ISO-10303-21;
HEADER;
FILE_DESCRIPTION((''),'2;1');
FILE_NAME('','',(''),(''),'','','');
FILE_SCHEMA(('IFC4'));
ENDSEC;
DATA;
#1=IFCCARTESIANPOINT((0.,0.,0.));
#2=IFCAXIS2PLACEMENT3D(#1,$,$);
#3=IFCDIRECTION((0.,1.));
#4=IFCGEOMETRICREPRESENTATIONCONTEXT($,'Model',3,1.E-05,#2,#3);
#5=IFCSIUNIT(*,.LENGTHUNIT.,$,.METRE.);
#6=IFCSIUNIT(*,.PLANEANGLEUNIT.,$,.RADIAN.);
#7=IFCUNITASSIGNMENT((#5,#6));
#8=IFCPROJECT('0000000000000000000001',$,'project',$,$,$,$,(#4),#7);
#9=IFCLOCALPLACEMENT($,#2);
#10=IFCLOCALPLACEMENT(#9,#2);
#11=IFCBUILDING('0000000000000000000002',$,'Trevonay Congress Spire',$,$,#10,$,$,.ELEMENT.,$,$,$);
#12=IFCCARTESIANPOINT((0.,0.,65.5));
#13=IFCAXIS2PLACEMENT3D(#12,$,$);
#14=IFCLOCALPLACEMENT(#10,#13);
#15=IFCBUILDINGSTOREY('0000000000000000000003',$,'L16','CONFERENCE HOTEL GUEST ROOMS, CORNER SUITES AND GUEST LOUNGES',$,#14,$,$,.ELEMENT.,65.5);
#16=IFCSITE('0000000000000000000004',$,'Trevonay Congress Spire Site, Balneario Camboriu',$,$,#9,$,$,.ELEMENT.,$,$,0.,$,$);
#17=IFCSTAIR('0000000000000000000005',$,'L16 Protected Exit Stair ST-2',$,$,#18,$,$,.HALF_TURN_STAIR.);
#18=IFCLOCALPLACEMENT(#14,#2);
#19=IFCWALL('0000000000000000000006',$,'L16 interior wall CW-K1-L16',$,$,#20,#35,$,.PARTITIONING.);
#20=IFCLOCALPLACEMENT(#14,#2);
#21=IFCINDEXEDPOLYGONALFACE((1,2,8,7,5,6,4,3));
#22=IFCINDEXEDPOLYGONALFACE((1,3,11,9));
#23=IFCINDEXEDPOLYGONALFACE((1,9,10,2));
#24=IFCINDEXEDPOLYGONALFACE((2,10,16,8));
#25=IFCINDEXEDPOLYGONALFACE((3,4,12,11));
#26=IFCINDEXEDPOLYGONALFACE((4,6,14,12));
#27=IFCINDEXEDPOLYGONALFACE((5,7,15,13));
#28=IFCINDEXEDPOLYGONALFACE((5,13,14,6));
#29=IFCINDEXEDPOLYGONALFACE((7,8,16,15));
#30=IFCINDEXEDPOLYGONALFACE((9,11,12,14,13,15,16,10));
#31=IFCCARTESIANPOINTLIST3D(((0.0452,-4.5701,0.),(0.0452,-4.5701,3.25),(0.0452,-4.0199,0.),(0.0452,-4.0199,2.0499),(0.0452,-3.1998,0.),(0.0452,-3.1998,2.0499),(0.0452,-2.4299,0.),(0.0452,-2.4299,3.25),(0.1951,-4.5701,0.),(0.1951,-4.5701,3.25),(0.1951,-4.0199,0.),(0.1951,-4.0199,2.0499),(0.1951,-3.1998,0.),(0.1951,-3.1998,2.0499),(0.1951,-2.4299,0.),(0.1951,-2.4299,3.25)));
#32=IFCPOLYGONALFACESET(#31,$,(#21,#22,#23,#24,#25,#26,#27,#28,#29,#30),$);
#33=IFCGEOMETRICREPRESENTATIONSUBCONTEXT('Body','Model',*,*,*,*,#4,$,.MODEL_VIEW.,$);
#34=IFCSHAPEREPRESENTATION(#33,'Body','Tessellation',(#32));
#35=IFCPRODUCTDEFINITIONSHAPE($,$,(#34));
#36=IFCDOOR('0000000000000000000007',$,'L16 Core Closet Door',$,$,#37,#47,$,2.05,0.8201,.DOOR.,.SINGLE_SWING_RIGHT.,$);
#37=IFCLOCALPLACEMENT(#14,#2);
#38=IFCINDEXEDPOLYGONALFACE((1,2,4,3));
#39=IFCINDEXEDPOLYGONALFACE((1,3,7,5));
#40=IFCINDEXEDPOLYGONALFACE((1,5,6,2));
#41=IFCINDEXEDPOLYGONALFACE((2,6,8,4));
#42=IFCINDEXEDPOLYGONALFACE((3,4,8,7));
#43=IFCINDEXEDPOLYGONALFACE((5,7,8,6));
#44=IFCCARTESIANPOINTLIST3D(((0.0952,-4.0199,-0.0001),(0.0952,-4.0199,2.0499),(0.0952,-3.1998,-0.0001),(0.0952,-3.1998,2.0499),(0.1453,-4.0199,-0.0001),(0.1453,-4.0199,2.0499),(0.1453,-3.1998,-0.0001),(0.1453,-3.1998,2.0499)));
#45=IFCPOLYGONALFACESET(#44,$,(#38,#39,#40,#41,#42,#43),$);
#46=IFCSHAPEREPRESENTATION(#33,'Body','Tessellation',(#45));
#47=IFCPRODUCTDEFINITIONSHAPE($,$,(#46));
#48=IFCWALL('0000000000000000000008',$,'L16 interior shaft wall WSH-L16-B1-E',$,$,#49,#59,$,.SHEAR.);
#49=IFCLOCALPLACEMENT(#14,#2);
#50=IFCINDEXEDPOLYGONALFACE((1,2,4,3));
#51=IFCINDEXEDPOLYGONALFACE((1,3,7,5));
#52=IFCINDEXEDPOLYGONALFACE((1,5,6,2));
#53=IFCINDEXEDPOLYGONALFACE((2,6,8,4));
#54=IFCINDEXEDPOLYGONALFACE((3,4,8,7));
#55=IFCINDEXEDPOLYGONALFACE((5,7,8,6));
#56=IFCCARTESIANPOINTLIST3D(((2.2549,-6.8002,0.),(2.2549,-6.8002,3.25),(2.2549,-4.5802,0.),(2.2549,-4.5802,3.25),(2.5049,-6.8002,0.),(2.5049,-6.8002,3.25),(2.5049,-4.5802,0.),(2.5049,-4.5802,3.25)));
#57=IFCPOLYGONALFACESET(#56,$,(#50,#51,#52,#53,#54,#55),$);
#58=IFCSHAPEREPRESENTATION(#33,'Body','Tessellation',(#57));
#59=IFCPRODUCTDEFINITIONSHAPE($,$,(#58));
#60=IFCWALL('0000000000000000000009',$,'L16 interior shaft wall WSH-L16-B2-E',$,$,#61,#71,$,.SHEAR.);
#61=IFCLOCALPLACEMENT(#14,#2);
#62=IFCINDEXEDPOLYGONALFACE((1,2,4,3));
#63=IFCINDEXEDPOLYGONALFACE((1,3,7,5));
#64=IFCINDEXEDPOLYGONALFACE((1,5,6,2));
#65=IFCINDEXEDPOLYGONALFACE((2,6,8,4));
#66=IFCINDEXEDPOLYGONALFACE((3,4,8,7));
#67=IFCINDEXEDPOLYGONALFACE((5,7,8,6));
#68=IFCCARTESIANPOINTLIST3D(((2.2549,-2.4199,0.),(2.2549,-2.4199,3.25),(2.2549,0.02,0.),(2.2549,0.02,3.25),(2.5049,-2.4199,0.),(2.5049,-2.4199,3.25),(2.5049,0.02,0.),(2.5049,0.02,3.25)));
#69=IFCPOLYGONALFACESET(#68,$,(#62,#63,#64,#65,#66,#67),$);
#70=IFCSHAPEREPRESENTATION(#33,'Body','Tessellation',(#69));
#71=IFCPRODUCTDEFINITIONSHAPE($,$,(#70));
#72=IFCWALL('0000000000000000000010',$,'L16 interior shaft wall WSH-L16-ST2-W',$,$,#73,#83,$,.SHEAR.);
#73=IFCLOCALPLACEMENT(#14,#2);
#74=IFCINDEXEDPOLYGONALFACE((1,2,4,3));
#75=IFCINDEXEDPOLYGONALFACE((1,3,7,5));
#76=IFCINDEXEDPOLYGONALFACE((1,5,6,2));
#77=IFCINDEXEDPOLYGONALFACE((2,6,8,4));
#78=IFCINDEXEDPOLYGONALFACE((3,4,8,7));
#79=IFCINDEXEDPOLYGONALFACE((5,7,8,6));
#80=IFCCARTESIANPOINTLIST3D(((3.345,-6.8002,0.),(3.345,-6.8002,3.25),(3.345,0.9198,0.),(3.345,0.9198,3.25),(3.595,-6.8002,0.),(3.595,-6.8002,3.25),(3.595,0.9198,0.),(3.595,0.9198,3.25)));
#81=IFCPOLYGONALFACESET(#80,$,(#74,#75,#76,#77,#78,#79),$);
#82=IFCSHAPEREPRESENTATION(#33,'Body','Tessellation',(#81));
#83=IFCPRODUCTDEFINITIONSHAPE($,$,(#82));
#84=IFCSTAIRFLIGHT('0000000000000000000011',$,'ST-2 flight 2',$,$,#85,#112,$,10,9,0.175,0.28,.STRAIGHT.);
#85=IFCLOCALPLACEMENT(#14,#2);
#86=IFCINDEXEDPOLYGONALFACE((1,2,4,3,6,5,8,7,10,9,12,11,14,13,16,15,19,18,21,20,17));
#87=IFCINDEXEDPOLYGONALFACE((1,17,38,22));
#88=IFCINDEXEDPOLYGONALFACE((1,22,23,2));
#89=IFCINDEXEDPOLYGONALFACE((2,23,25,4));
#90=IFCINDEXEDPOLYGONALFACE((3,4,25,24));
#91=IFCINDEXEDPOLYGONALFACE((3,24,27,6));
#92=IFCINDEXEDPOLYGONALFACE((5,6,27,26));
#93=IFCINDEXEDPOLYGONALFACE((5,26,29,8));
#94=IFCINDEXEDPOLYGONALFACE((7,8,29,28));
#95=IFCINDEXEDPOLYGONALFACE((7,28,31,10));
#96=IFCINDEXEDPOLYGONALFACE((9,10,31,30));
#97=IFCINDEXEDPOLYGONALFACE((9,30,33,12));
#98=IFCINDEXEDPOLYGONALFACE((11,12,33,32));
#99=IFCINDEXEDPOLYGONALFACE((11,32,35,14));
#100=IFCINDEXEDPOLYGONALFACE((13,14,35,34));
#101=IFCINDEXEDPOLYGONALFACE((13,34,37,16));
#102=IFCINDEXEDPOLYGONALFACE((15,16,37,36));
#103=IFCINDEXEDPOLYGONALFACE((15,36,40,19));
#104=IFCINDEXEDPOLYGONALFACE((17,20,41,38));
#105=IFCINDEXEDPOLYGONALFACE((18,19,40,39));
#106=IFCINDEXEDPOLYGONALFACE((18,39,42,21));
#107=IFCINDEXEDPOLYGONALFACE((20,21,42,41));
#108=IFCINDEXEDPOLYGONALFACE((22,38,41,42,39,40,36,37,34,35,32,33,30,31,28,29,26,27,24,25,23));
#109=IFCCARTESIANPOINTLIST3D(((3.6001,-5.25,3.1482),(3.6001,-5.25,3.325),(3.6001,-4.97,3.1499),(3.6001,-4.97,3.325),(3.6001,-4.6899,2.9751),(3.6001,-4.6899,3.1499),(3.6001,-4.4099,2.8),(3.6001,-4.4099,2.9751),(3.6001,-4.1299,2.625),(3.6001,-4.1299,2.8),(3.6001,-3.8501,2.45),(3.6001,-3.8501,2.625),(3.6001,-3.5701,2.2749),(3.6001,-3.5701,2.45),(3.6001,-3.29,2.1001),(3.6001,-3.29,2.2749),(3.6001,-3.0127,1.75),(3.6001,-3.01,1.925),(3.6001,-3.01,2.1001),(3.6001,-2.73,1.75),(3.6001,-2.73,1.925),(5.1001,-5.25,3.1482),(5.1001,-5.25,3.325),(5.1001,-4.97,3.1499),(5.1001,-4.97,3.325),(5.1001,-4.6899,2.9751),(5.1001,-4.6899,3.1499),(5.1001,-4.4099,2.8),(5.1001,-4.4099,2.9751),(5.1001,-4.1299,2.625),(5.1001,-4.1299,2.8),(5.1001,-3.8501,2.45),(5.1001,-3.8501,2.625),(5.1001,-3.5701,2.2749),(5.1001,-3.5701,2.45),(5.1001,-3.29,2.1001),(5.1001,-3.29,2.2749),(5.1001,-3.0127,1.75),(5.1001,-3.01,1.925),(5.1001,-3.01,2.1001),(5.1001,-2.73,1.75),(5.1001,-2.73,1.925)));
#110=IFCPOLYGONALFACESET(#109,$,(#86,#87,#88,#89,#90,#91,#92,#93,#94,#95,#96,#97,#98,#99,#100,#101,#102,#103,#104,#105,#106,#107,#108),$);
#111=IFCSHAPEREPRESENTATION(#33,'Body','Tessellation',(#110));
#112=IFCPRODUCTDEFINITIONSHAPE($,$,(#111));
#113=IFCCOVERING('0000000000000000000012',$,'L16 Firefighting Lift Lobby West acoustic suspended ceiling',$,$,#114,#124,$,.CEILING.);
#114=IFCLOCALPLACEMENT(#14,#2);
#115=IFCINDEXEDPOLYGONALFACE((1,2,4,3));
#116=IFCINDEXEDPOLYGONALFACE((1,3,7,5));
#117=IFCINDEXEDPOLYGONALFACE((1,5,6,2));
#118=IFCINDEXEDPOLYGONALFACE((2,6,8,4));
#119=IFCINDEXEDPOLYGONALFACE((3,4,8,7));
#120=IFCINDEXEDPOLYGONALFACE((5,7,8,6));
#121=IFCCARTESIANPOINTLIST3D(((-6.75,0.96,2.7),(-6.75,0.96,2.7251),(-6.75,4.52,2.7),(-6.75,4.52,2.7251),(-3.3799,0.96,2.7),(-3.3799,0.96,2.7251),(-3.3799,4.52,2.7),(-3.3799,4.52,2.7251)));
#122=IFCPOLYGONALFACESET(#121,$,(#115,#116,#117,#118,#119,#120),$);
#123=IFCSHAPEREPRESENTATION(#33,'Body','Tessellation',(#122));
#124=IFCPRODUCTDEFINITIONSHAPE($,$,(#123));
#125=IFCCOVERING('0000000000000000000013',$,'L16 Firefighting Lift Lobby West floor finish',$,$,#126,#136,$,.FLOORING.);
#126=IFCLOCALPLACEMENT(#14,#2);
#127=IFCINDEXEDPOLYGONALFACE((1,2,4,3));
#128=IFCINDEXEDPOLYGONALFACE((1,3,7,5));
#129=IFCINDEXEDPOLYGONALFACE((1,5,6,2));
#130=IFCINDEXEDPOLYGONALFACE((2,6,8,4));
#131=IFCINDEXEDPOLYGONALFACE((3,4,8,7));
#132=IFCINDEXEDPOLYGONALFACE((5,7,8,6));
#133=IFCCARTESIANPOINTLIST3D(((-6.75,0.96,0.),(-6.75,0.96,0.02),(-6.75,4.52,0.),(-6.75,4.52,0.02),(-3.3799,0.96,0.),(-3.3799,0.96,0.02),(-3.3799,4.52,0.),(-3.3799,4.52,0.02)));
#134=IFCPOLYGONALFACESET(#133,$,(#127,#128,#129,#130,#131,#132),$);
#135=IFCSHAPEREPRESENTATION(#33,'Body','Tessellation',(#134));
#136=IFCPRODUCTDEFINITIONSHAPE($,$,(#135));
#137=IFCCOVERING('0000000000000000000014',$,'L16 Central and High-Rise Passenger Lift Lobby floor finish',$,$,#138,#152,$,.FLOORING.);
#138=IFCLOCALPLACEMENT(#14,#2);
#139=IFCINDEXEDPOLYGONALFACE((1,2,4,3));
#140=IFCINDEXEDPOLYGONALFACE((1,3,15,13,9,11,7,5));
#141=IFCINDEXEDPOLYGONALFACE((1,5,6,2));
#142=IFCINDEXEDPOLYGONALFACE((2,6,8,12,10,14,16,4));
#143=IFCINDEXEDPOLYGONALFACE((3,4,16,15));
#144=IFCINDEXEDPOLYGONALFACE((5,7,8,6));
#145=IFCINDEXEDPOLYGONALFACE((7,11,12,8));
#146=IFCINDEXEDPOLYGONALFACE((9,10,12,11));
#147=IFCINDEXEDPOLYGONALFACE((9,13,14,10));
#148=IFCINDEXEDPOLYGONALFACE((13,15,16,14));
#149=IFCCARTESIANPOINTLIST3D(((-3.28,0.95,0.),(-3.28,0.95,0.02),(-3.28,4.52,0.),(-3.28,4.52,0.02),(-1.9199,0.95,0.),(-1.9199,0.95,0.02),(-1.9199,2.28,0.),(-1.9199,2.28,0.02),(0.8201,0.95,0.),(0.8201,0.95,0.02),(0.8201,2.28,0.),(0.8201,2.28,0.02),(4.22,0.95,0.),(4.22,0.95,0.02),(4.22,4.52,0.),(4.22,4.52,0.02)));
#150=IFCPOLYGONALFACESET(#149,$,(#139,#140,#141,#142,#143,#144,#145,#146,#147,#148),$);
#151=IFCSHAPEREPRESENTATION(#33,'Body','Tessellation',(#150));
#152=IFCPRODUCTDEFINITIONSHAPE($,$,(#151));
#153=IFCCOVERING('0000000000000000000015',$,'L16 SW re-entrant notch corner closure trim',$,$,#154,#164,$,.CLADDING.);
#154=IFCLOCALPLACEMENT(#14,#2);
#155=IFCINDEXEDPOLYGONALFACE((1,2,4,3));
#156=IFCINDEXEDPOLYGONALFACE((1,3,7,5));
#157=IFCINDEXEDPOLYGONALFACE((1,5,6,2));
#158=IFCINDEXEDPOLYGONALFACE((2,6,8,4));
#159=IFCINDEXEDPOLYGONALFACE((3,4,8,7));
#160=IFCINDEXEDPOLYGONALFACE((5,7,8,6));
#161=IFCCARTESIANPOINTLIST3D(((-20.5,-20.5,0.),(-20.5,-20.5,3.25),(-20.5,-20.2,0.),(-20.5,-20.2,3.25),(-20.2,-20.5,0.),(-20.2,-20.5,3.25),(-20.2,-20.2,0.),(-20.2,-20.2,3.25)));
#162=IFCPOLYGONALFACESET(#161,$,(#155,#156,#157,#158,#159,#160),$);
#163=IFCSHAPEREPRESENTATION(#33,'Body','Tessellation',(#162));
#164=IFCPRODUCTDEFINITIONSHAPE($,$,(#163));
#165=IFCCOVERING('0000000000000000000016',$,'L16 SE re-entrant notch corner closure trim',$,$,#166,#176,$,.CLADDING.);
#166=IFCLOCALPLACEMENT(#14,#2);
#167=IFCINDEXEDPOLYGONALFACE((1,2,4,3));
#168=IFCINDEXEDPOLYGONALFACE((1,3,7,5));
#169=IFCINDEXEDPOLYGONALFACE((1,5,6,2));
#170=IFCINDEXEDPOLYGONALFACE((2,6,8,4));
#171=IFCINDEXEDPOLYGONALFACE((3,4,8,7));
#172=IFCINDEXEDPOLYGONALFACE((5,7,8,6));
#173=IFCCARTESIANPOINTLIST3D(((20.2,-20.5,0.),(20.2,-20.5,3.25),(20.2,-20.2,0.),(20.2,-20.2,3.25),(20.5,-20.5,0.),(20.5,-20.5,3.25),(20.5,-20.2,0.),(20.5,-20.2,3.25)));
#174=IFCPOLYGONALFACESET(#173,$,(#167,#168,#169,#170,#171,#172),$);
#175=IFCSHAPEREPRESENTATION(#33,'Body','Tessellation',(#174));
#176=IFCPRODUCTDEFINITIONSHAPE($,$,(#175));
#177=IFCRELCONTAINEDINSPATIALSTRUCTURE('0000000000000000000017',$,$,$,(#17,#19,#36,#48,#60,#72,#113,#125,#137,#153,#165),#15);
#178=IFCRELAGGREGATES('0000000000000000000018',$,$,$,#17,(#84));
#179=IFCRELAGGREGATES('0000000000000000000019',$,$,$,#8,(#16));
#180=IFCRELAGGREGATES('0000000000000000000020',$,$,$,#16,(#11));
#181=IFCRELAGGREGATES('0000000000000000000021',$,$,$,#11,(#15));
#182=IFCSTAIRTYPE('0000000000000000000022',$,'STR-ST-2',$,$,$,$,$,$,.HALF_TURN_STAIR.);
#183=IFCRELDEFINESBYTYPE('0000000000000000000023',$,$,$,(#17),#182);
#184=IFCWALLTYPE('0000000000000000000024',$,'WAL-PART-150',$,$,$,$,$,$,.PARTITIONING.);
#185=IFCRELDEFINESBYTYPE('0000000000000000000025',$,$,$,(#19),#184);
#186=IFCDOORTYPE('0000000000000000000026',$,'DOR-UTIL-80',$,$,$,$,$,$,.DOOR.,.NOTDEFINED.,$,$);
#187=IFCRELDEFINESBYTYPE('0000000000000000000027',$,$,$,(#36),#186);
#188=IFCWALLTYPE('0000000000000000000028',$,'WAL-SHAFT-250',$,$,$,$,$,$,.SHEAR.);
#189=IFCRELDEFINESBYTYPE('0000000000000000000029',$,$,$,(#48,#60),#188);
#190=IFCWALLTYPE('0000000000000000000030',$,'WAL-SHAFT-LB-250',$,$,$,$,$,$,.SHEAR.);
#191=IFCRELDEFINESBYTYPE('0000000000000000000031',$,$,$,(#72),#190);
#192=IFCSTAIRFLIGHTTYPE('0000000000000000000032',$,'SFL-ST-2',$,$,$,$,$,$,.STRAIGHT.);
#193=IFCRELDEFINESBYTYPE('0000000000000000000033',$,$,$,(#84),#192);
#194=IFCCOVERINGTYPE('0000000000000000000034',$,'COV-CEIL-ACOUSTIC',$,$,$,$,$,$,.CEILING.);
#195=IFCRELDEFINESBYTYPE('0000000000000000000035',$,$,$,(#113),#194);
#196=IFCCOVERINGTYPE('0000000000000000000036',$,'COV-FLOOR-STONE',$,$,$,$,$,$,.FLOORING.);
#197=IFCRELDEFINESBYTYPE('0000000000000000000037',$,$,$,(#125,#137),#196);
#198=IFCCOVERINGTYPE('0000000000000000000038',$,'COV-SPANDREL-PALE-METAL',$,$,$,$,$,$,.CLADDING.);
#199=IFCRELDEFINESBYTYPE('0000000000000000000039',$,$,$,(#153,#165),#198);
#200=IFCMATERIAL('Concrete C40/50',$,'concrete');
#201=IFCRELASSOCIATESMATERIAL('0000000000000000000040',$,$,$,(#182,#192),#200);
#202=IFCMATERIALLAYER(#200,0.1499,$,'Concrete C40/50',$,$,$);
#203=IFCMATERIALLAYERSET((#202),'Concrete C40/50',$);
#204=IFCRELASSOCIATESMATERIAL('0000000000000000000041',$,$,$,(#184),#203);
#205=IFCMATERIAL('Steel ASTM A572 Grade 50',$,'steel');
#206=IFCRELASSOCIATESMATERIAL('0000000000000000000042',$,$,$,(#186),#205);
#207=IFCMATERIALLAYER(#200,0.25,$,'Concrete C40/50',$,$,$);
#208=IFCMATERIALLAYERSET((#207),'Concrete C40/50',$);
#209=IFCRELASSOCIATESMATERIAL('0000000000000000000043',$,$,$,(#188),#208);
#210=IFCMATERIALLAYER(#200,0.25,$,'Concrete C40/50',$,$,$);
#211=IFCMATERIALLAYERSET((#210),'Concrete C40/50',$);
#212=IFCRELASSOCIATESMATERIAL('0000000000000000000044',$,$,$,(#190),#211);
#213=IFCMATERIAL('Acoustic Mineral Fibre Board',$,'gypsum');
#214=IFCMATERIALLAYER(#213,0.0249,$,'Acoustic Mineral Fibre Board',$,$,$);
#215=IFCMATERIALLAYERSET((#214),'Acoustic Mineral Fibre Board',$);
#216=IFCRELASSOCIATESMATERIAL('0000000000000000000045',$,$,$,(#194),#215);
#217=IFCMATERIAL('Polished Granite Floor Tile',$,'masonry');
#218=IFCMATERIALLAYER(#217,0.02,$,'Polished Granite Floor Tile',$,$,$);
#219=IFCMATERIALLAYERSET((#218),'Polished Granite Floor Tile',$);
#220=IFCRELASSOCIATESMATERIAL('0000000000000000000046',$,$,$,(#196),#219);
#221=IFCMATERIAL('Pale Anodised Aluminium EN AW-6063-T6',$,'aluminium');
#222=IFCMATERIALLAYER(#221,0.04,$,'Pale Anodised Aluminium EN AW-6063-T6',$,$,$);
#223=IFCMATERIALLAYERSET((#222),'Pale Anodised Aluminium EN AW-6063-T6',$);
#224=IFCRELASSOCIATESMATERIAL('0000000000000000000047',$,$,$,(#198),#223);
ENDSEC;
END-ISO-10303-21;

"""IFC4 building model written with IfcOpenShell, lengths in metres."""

from ifc_helpers import new_model, si_unit, direction, frame, frame_2d, origin, place, context, subcontext, project, spatial, polyline, rectangle, outline, extrude, material, layer, layer_set, type_object, element, fill, aggregate, save


model = new_model("IFC4")

# Units and contexts
model_context = context("Model", 3, precision=1e-05, world=origin(), true_north=direction((0.0, 1.0)))
body_context = subcontext(model_context, "Body", "Model", "MODEL_VIEW")
ifc_project = project(units=[si_unit("LENGTHUNIT", "METRE"), si_unit("PLANEANGLEUNIT", "RADIAN")], contexts=[model_context])

# Site, building, storey
site_placement = place(None, origin())
site = spatial("IfcSite", under=ifc_project, at=site_placement, Name="Trevonay Congress Spire Site, Balneario Camboriu", CompositionType="ELEMENT", RefElevation=0.0)
building_placement = place(site_placement, origin())
building = spatial("IfcBuilding", under=site, at=building_placement, Name="Trevonay Congress Spire", CompositionType="ELEMENT")
storey_placement = place(building_placement, frame((0.0, 0.0, 65.5)))
storey = spatial("IfcBuildingStorey", under=building, at=storey_placement, Name="L16", Description="CONFERENCE HOTEL GUEST ROOMS, CORNER SUITES AND GUEST LOUNGES", CompositionType="ELEMENT", Elevation=65.5)

# Shared definitions
ifc_material_1 = material(Name="Steel ASTM A572 Grade 50", Category="steel")

# Stair
ifc_material_2 = material(Name="Concrete C40/50", Category="concrete")
stair_type_1 = type_object("IfcStairType", Name="STR-ST-2", PredefinedType="HALF_TURN_STAIR", material=ifc_material_2)
stair_1_placement = place(storey_placement, origin())
stair_1 = element("IfcStair", 1, at=stair_1_placement, inside=storey, type_object=stair_type_1, Name="L16 Protected Exit Stair ST-2", PredefinedType="HALF_TURN_STAIR")

# Wall, opening, door
ifc_layer_1 = layer(ifc_material_2, 0.1499, Name="Concrete C40/50")
ifc_layer_set_1 = layer_set([ifc_layer_1], Name="Concrete C40/50")
wall_type_1 = type_object("IfcWallType", Name="WAL-PART-150", PredefinedType="PARTITIONING", material=ifc_layer_set_1)
wall_1_placement = place(storey_placement, frame((0.1201, -4.5701, 0.0), z_axis=(0.0, 0.0, 1.0), x_axis=(0.0, 1.0, 0.0)))
wall_1 = element("IfcWall", 2, at=wall_1_placement, inside=storey, type_object=wall_type_1, Name="L16 interior wall CW-K1-L16", PredefinedType="PARTITIONING", context=body_context, shape_type="SweptSolid", body=[
    extrude(rectangle(XDim=2.1401, YDim=0.1499, at=frame_2d((1.0701, 0.0))), origin(), (0.0, 0.0, 1.0), 3.25),
])
opening_placement = place(wall_1_placement, frame((0.55, 0.0, 0.0)))
opening = element("IfcOpeningElement", 3, at=opening_placement, cuts=wall_1, PredefinedType="OPENING", context=body_context, shape_type="SweptSolid", body=[
    extrude(rectangle(XDim=0.8201, YDim=2.05, at=frame_2d((0.4102, 1.0249))), frame((0.0, 0.085, 0.0), z_axis=(0.0, -1.0, 0.0), x_axis=(1.0, 0.0, 0.0)), (0.0, 0.0, 1.0), 0.1699),
])
door_type = type_object("IfcDoorType", Name="DOR-UTIL-80", OperationType="NOTDEFINED", PredefinedType="DOOR", material=ifc_material_1)
door_placement = place(opening_placement, origin())
door = element("IfcDoor", 4, at=door_placement, inside=storey, type_object=door_type, Name="L16 Core Closet Door", OperationType="SINGLE_SWING_RIGHT", OverallHeight=2.05, OverallWidth=0.8201, PredefinedType="DOOR", context=body_context, shape_type="SweptSolid", body=[
    extrude(rectangle(XDim=0.8201, YDim=2.05, at=frame_2d((0.4102, 1.0249))), frame((0.0, 0.0249, 0.0), z_axis=(0.0, -1.0, 0.0), x_axis=(1.0, 0.0, 0.0)), (0.0, 0.0, 1.0), 0.05),
])
fill(opening, door)

# Walls
ifc_layer_2 = layer(ifc_material_2, 0.25, Name="Concrete C40/50")
ifc_layer_set_2 = layer_set([ifc_layer_2], Name="Concrete C40/50")
wall_type_2 = type_object("IfcWallType", Name="WAL-SHAFT-250", PredefinedType="SHEAR", material=ifc_layer_set_2)
wall_2_placement = place(storey_placement, frame((2.3799, -6.8, 0.0), z_axis=(0.0, 0.0, 1.0), x_axis=(0.0, 1.0, 0.0)))
element("IfcWall", 5, at=wall_2_placement, inside=storey, type_object=wall_type_2, Name="L16 interior shaft wall WSH-L16-B1-E", PredefinedType="SHEAR", context=body_context, shape_type="SweptSolid", body=[
    extrude(rectangle(XDim=2.22, YDim=0.25, at=frame_2d((1.1099, 0.0))), origin(), (0.0, 0.0, 1.0), 3.25),
])
wall_3_placement = place(storey_placement, frame((2.3799, -2.4199, 0.0), z_axis=(0.0, 0.0, 1.0), x_axis=(0.0, 1.0, 0.0)))
element("IfcWall", 6, at=wall_3_placement, inside=storey, type_object=wall_type_2, Name="L16 interior shaft wall WSH-L16-B2-E", PredefinedType="SHEAR", context=body_context, shape_type="SweptSolid", body=[
    extrude(rectangle(XDim=2.4399, YDim=0.25, at=frame_2d((1.22, 0.0))), origin(), (0.0, 0.0, 1.0), 3.25),
])
ifc_layer_3 = layer(ifc_material_2, 0.25, Name="Concrete C40/50")
ifc_layer_set_3 = layer_set([ifc_layer_3], Name="Concrete C40/50")
wall_type_3 = type_object("IfcWallType", Name="WAL-SHAFT-LB-250", PredefinedType="SHEAR", material=ifc_layer_set_3)
wall_4_placement = place(storey_placement, frame((3.47, -6.8, 0.0), z_axis=(0.0, 0.0, 1.0), x_axis=(0.0, 1.0, 0.0)))
element("IfcWall", 7, at=wall_4_placement, inside=storey, type_object=wall_type_3, Name="L16 interior shaft wall WSH-L16-ST2-W", PredefinedType="SHEAR", context=body_context, shape_type="SweptSolid", body=[
    extrude(rectangle(XDim=7.72, YDim=0.25, at=frame_2d((3.8599, 0.0))), origin(), (0.0, 0.0, 1.0), 3.25),
])

# Stair flight
stair_flight_type = type_object("IfcStairFlightType", Name="SFL-ST-2", PredefinedType="STRAIGHT", material=ifc_material_2)
stair_flight_placement = place(storey_placement, frame((4.3501, -2.73, 1.75), z_axis=(0.0, 0.0, 1.0), x_axis=(0.0, -1.0, 0.0)))
stair_flight = element("IfcStairFlight", 8, at=stair_flight_placement, type_object=stair_flight_type, Name="ST-2 flight 2", NumberOfRisers=10, NumberOfTreads=9, PredefinedType="STRAIGHT", RiserHeight=0.175, TreadLength=0.28, context=body_context, shape_type="SweptSolid", body=[
    extrude(outline(polyline([(0.0, 0.0), (0.0, 0.175), (0.28, 0.175), (0.28, 0.3501), (0.5601, 0.3501), (0.5601, 0.5249), (0.8401, 0.5249), (0.8401, 0.7), (1.1201, 0.7), (1.1201, 0.875), (1.3999, 0.875), (1.3999, 1.05), (1.6799, 1.05), (1.6799, 1.2251), (1.96, 1.2251), (1.96, 1.3999), (2.24, 1.3999), (2.24, 1.575), (2.52, 1.575), (2.52, 1.75), (2.52, 1.3982), (0.2827, 0.0), (0.0, 0.0)])), frame((0.0, 0.75, 0.0), z_axis=(0.0, -1.0, 0.0), x_axis=(1.0, 0.0, 0.0)), (0.0, 0.0, 1.0), 1.5),
])
aggregate(stair_1, [stair_flight])

# Coverings
ifc_material_3 = material(Name="Acoustic Mineral Fibre Board", Category="gypsum")
ifc_layer_4 = layer(ifc_material_3, 0.0249, Name="Acoustic Mineral Fibre Board")
ifc_layer_set_4 = layer_set([ifc_layer_4], Name="Acoustic Mineral Fibre Board")
covering_type_1 = type_object("IfcCoveringType", Name="COV-CEIL-ACOUSTIC", PredefinedType="CEILING", material=ifc_layer_set_4)
covering_1_placement = place(storey_placement, frame((0.0, 0.0, 2.7)))
element("IfcCovering", 9, at=covering_1_placement, inside=storey, type_object=covering_type_1, Name="L16 Firefighting Lift Lobby West acoustic suspended ceiling", PredefinedType="CEILING", context=body_context, shape_type="SweptSolid", body=[
    extrude(outline(polyline([(-6.75, 0.96), (-3.3799, 0.96), (-3.3799, 4.52), (-6.75, 4.52), (-6.75, 0.96)])), origin(), (0.0, 0.0, 1.0), 0.0251),
])
ifc_material_4 = material(Name="Polished Granite Floor Tile", Category="masonry")
ifc_layer_5 = layer(ifc_material_4, 0.02, Name="Polished Granite Floor Tile")
ifc_layer_set_5 = layer_set([ifc_layer_5], Name="Polished Granite Floor Tile")
covering_type_2 = type_object("IfcCoveringType", Name="COV-FLOOR-STONE", PredefinedType="FLOORING", material=ifc_layer_set_5)
covering_2_placement = place(storey_placement, origin())
element("IfcCovering", 10, at=covering_2_placement, inside=storey, type_object=covering_type_2, Name="L16 Firefighting Lift Lobby West floor finish", PredefinedType="FLOORING", context=body_context, shape_type="SweptSolid", body=[
    extrude(outline(polyline([(-6.75, 0.96), (-3.3799, 0.96), (-3.3799, 4.52), (-6.75, 4.52), (-6.75, 0.96)])), origin(), (0.0, 0.0, 1.0), 0.02),
])
covering_3_placement = place(storey_placement, origin())
element("IfcCovering", 11, at=covering_3_placement, inside=storey, type_object=covering_type_2, Name="L16 Central and High-Rise Passenger Lift Lobby floor finish", PredefinedType="FLOORING", context=body_context, shape_type="SweptSolid", body=[
    extrude(outline(polyline([(-3.28, 0.95), (-1.9199, 0.95), (-1.9199, 2.28), (0.8201, 2.28), (0.8201, 0.95), (4.22, 0.95), (4.22, 4.52), (-3.28, 4.52), (-3.28, 0.95)])), origin(), (0.0, 0.0, 1.0), 0.02),
])
ifc_material_5 = material(Name="Pale Anodised Aluminium EN AW-6063-T6", Category="aluminium")
ifc_layer_6 = layer(ifc_material_5, 0.04, Name="Pale Anodised Aluminium EN AW-6063-T6")
ifc_layer_set_6 = layer_set([ifc_layer_6], Name="Pale Anodised Aluminium EN AW-6063-T6")
covering_type_3 = type_object("IfcCoveringType", Name="COV-SPANDREL-PALE-METAL", PredefinedType="CLADDING", material=ifc_layer_set_6)
covering_4_placement = place(storey_placement, origin())
element("IfcCovering", 12, at=covering_4_placement, inside=storey, type_object=covering_type_3, Name="L16 SW re-entrant notch corner closure trim", PredefinedType="CLADDING", context=body_context, shape_type="SweptSolid", body=[
    extrude(outline(polyline([(-20.5, -20.5), (-20.2, -20.5), (-20.2, -20.2), (-20.5, -20.2), (-20.5, -20.5)])), origin(), (0.0, 0.0, 1.0), 3.25),
])
covering_5_placement = place(storey_placement, origin())
element("IfcCovering", 13, at=covering_5_placement, inside=storey, type_object=covering_type_3, Name="L16 SE re-entrant notch corner closure trim", PredefinedType="CLADDING", context=body_context, shape_type="SweptSolid", body=[
    extrude(outline(polyline([(20.2, -20.5), (20.5, -20.5), (20.5, -20.2), (20.2, -20.2), (20.2, -20.5)])), origin(), (0.0, 0.0, 1.0), 3.25),
])

save(model, "model.ifc")
